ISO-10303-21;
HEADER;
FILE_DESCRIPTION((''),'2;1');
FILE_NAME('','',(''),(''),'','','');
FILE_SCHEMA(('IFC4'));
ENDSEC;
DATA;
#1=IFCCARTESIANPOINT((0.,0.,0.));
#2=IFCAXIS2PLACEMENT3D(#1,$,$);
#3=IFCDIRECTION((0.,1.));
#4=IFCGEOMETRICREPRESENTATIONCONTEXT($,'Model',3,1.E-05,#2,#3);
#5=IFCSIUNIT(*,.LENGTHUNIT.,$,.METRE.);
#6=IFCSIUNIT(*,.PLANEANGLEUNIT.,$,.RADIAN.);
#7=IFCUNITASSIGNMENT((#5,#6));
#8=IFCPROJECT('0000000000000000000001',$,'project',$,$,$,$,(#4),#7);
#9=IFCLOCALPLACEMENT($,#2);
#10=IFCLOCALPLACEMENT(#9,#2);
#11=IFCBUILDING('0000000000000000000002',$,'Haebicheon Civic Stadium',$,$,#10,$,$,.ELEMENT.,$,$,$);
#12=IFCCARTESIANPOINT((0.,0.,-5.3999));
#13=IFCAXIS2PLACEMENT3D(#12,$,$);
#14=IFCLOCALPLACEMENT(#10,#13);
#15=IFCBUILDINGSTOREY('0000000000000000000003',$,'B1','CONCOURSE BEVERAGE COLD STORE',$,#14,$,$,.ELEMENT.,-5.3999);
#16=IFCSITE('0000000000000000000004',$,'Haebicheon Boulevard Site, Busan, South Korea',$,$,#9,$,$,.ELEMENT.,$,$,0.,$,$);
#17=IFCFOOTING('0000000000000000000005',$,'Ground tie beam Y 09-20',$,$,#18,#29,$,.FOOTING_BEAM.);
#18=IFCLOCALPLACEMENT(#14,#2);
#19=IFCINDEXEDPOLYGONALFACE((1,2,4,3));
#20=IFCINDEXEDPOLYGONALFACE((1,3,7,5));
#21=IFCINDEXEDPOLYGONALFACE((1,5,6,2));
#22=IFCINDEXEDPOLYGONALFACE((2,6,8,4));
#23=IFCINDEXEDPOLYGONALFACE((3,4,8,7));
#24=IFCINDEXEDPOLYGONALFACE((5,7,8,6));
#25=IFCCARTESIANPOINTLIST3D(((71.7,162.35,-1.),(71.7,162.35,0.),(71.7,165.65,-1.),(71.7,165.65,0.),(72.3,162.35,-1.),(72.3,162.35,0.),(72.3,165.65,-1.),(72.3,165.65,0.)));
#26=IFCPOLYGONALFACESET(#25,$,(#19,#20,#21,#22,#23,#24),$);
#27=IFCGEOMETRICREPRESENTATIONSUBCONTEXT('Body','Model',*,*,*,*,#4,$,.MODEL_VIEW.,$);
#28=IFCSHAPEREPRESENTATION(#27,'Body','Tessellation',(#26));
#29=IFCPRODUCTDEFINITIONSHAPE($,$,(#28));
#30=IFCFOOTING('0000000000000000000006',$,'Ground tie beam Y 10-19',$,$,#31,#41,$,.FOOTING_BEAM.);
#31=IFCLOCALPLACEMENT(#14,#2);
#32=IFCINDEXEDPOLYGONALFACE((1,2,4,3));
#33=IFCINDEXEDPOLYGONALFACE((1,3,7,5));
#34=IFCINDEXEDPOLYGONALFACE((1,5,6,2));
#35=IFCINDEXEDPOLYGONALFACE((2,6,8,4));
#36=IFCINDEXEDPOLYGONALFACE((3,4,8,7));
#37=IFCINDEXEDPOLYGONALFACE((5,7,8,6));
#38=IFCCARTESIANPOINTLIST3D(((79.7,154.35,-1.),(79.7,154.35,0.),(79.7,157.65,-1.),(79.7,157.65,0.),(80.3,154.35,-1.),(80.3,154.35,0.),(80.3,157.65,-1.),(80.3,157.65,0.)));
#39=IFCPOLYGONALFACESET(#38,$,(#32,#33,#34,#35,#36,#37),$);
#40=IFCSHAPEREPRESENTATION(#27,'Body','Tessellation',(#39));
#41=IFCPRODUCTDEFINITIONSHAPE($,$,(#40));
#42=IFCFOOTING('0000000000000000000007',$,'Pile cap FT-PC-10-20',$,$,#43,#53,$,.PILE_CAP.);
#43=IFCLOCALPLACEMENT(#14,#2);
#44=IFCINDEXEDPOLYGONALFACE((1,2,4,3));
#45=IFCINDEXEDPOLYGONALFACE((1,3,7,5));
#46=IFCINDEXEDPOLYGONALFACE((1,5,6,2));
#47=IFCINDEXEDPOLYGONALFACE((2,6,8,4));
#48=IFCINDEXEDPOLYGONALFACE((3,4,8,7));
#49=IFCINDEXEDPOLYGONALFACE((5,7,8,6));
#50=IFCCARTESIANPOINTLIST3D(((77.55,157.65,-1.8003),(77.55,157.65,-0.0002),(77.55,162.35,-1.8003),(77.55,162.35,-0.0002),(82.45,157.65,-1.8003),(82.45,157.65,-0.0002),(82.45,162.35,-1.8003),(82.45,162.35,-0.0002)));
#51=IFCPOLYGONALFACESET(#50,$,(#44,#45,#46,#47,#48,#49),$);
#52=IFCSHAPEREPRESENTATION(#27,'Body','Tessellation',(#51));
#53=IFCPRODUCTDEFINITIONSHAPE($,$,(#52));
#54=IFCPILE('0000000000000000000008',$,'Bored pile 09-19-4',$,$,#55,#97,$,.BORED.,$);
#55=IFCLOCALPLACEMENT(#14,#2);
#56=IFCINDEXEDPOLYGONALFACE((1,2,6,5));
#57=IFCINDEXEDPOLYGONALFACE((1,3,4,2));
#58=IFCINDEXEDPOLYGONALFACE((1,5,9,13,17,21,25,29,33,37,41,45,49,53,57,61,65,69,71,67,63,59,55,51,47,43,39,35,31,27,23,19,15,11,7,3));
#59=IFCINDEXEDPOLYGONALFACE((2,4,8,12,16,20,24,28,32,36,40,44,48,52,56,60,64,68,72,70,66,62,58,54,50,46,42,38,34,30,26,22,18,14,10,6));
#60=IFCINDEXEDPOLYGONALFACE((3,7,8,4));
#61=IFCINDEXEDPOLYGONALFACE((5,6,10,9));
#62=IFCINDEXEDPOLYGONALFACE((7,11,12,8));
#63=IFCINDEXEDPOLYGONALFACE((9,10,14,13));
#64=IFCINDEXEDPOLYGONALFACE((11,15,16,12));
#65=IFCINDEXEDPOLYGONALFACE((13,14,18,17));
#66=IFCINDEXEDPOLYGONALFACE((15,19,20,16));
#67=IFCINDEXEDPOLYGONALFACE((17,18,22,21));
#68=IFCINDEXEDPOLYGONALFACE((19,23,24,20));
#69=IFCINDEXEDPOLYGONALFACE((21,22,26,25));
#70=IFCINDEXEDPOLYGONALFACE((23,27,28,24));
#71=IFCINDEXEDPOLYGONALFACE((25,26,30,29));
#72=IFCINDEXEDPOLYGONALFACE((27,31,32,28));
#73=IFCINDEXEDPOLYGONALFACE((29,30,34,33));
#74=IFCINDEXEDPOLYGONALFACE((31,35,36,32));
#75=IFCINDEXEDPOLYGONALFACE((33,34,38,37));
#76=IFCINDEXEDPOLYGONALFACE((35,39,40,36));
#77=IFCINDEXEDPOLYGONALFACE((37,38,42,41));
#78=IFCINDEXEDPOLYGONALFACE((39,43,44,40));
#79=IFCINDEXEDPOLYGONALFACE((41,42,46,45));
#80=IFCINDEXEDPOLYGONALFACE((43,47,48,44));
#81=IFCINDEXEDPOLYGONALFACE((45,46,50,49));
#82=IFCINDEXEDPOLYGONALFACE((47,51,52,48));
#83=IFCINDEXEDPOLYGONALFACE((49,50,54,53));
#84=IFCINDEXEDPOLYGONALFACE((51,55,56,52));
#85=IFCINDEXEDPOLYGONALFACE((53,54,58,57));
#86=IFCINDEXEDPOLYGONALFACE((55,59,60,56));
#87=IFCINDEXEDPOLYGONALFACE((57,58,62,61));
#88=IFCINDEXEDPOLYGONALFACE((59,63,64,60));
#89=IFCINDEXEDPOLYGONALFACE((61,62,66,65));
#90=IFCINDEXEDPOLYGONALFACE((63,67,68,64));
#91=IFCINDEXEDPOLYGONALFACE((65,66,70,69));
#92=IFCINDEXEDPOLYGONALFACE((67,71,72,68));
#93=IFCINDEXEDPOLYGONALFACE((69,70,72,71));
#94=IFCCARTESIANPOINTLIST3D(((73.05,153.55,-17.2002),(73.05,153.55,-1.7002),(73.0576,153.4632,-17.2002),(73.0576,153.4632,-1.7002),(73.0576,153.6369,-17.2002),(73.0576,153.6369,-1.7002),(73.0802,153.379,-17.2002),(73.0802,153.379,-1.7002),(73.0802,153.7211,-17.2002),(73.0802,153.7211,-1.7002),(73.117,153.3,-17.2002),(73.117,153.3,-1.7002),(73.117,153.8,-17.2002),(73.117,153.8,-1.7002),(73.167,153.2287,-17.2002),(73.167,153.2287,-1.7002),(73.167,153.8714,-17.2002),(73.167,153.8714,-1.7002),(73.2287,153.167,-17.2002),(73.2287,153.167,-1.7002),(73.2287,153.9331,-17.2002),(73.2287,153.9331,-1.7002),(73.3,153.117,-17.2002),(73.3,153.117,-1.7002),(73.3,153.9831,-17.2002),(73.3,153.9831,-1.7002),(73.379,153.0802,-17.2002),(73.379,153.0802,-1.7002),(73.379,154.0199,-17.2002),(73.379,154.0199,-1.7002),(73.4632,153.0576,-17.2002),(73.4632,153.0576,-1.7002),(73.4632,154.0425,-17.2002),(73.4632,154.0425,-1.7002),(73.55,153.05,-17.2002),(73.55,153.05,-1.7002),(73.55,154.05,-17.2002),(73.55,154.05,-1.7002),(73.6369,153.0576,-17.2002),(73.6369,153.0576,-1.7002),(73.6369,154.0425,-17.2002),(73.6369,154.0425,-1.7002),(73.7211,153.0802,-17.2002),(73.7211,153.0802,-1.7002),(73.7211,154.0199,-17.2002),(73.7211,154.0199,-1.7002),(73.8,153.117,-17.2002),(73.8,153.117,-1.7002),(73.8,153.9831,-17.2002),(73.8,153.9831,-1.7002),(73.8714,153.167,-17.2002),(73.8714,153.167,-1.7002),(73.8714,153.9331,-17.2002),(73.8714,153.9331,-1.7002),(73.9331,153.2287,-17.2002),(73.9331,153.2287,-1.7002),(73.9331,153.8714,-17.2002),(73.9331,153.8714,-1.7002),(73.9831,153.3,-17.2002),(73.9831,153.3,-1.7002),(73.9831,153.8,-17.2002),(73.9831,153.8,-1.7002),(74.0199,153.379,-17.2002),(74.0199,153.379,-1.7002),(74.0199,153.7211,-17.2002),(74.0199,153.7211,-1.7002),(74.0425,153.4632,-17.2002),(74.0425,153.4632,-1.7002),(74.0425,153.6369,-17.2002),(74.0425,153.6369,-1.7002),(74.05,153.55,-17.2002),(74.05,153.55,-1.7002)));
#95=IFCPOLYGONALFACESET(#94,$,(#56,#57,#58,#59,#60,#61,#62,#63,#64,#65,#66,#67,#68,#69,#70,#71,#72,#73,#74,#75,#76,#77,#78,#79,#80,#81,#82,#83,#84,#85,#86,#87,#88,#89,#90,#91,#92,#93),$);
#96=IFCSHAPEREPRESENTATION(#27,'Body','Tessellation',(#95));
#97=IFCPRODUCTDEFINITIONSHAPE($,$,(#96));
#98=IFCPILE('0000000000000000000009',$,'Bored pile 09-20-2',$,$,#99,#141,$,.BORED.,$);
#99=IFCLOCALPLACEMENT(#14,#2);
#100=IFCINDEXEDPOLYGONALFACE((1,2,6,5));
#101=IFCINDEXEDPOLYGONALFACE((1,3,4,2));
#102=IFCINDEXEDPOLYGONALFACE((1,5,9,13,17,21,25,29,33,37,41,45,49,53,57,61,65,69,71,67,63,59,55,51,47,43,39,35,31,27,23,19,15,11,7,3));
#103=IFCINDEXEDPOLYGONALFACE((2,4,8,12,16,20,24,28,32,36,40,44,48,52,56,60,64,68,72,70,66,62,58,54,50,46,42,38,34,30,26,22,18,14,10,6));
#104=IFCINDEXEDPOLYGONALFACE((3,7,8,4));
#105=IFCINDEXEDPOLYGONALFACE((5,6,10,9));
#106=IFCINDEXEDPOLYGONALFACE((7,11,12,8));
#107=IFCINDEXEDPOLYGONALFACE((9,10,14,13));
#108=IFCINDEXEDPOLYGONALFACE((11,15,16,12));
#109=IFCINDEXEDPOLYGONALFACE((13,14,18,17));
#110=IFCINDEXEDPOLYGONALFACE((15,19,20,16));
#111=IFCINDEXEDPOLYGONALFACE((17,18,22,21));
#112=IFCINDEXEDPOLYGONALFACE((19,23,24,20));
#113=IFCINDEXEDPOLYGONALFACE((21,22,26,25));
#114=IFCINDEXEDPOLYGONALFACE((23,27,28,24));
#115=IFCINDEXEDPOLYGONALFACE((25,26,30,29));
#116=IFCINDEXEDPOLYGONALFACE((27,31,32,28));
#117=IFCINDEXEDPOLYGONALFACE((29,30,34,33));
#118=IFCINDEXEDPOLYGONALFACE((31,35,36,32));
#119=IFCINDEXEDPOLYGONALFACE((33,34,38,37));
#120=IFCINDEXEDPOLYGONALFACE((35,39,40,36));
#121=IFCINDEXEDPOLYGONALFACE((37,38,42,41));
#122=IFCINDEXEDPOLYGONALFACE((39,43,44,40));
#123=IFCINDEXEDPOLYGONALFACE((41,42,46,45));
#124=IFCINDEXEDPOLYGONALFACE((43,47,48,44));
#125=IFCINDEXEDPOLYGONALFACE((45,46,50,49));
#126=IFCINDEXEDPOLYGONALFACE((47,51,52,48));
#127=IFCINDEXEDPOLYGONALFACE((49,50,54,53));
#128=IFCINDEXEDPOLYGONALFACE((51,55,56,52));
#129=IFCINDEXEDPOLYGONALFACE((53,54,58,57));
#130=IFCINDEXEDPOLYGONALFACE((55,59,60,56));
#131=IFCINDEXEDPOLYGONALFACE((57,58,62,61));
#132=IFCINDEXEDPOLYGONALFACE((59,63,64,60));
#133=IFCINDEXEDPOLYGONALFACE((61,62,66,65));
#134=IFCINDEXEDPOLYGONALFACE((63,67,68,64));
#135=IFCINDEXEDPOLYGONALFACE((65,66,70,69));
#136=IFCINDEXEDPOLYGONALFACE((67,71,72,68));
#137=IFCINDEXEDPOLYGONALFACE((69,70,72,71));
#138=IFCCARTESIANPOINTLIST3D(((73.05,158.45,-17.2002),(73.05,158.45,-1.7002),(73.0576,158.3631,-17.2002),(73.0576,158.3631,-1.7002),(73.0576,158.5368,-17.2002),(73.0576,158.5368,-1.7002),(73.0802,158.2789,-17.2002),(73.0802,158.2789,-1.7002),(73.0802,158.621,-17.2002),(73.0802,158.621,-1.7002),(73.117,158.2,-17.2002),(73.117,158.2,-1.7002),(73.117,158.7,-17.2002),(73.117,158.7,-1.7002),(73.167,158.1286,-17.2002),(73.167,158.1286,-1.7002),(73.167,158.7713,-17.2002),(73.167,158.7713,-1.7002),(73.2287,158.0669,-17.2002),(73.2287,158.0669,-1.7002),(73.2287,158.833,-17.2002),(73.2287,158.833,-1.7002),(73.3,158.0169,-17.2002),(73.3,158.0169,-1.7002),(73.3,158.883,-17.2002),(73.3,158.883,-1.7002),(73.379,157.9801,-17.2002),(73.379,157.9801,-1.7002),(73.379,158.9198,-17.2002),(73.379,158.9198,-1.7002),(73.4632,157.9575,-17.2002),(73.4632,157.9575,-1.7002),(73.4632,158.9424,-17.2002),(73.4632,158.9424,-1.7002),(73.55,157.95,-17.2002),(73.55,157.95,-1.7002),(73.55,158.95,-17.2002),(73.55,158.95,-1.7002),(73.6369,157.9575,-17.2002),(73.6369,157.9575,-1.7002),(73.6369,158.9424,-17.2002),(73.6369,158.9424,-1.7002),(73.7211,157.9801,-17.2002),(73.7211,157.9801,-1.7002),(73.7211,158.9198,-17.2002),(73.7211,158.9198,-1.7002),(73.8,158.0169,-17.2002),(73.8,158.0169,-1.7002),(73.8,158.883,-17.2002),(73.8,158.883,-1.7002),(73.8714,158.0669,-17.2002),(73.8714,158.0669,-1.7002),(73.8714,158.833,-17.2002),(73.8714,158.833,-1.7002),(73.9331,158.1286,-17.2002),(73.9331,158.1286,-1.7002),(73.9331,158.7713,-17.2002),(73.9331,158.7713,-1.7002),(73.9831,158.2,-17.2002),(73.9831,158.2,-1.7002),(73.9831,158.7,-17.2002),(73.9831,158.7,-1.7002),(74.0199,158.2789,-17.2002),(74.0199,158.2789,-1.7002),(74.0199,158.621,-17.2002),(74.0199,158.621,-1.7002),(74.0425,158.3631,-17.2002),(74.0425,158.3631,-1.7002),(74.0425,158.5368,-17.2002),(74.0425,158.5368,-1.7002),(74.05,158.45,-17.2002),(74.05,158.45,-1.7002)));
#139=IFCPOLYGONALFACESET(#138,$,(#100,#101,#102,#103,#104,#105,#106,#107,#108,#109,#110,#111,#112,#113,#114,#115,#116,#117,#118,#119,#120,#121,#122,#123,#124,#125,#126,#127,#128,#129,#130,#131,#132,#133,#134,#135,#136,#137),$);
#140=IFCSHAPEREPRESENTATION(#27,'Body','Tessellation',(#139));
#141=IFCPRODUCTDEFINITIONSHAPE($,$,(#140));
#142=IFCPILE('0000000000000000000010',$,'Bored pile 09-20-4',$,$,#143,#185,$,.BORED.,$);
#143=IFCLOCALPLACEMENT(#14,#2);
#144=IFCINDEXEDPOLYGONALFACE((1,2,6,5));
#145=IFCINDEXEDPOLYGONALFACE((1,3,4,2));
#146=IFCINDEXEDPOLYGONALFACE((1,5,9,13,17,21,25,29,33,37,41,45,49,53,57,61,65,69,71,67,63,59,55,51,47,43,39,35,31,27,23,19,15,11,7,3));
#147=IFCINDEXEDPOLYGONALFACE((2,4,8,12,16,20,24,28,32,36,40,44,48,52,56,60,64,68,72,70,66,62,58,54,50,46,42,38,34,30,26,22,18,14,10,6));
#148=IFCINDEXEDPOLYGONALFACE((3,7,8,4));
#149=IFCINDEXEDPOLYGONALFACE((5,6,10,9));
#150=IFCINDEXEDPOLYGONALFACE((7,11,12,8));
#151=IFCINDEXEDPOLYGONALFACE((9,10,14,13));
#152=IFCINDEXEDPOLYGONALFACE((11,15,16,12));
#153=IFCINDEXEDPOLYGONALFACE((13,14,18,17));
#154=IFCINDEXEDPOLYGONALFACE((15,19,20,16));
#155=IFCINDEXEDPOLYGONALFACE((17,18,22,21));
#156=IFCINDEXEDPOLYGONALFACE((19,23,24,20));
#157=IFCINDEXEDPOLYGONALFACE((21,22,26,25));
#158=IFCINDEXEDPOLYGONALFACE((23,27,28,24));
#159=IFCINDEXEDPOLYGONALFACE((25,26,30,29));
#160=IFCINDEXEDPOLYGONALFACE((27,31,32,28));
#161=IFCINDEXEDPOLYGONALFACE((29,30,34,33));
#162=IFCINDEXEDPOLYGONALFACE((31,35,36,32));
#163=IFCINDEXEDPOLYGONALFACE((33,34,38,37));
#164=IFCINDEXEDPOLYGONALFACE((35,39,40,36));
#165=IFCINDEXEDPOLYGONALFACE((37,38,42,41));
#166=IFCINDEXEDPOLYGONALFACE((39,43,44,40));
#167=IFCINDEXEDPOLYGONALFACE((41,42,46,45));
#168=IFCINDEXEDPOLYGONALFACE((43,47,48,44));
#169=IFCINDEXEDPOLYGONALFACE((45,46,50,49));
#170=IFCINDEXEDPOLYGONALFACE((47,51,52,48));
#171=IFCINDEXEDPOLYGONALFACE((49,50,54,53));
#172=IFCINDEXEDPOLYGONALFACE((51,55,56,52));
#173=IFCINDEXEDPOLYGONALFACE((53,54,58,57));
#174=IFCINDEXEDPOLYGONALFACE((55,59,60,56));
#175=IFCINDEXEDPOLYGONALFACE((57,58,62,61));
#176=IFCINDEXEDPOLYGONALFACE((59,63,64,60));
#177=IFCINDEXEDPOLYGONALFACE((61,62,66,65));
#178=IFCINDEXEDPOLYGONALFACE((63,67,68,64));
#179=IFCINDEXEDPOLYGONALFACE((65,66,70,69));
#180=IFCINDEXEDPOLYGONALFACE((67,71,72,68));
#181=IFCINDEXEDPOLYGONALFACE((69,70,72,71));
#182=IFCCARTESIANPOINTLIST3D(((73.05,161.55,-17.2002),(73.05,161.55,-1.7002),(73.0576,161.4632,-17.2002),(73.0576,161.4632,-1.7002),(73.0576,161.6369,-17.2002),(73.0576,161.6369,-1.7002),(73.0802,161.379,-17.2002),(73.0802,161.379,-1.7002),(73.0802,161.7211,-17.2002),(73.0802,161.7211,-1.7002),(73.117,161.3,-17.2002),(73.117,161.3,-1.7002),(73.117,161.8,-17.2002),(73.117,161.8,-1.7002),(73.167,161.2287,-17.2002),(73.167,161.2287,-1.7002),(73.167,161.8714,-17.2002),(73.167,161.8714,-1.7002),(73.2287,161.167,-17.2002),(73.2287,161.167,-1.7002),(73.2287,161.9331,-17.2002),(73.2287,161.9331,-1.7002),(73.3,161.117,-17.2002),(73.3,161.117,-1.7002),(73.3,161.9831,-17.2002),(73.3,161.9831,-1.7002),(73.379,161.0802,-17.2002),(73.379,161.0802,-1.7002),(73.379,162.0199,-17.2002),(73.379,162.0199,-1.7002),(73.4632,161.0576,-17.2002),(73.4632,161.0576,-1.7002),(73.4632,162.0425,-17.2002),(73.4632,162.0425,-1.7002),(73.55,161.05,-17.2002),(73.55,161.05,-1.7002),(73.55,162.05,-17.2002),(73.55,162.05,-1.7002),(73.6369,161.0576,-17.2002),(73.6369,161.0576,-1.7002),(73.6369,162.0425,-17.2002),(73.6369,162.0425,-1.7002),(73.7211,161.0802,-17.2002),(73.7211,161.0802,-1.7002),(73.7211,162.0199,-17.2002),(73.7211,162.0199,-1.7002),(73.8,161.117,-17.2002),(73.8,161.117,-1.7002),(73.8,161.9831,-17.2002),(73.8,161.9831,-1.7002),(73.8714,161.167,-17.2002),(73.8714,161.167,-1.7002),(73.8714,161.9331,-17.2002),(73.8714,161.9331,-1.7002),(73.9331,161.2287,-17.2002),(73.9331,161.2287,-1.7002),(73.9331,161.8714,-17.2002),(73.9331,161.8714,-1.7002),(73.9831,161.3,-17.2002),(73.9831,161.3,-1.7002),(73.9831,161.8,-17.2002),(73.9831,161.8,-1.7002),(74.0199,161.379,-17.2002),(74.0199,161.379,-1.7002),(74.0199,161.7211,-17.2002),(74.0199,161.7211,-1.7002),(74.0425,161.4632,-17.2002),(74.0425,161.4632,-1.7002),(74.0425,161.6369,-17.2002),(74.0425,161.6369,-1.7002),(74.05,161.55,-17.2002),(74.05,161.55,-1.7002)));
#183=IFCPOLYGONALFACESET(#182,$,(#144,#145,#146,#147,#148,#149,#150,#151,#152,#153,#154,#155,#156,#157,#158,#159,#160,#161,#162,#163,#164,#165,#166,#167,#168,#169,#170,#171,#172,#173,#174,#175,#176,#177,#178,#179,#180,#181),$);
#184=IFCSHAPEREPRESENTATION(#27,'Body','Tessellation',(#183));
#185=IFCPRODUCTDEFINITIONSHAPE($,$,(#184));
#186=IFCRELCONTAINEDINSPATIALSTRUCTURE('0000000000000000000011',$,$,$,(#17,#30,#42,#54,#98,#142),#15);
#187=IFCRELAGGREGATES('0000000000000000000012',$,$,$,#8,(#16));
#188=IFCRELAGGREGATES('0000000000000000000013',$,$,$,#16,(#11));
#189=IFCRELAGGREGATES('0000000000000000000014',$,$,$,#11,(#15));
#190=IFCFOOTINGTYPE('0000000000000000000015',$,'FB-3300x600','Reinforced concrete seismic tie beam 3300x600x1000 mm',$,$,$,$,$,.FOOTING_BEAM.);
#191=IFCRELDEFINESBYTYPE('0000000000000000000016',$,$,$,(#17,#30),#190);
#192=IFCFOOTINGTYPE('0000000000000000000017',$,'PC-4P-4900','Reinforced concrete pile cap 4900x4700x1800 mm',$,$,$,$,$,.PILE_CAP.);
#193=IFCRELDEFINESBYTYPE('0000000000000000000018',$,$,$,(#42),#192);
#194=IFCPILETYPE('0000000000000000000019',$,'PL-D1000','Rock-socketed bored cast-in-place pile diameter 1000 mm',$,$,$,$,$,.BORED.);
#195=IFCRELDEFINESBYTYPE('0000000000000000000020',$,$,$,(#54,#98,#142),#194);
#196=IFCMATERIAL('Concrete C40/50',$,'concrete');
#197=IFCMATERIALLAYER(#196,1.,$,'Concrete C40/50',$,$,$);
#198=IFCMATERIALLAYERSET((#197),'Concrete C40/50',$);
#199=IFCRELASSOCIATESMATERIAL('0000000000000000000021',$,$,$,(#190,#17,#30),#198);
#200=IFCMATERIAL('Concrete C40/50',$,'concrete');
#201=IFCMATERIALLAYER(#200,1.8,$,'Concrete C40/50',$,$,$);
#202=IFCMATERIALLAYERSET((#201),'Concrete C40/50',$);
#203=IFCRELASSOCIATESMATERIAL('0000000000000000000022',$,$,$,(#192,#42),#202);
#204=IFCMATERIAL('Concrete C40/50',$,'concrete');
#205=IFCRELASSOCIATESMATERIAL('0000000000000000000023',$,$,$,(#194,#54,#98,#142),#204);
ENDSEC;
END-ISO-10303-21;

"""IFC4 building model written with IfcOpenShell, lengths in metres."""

from ifc_helpers import new_model, si_unit, direction, frame, origin, origin_2d, place, context, subcontext, project, spatial, rectangle, circle, extrude, material, layer, layer_set, material_profile, profile_set, type_object, element, save


model = new_model("IFC4")

# Units and contexts
model_context = context("Model", 3, precision=1e-05, world=origin(), true_north=direction((0.0, 1.0)))
body_context = subcontext(model_context, "Body", "Model", "MODEL_VIEW")
ifc_project = project(units=[si_unit("LENGTHUNIT", "METRE"), si_unit("PLANEANGLEUNIT", "RADIAN")], contexts=[model_context])

# Site, building, storey
site_placement = place(None, origin())
site = spatial("IfcSite", under=ifc_project, at=site_placement, Name="Haebicheon Boulevard Site, Busan, South Korea", CompositionType="ELEMENT", RefElevation=0.0)
building_placement = place(site_placement, origin())
building = spatial("IfcBuilding", under=site, at=building_placement, Name="Haebicheon Civic Stadium", CompositionType="ELEMENT")
storey_placement = place(building_placement, frame((0.0, 0.0, -5.3999)))
storey = spatial("IfcBuildingStorey", under=building, at=storey_placement, Name="B1", Description="CONCOURSE BEVERAGE COLD STORE", CompositionType="ELEMENT", Elevation=-5.3999)

# Footings
ifc_material_1 = material(Name="Concrete C40/50", Category="concrete")
ifc_layer_1 = layer(ifc_material_1, 1.0, Name="Concrete C40/50")
ifc_layer_set_1 = layer_set([ifc_layer_1], Name="Concrete C40/50")
footing_type_1 = type_object("IfcFootingType", Name="FB-3300x600", Description="Reinforced concrete seismic tie beam 3300x600x1000 mm", PredefinedType="FOOTING_BEAM", material=ifc_layer_set_1)
for number, where, z_axis, x_axis, name in (
    (1, (72.0, 164.0, -1.0), (0.0, 0.0, 1.0), (0.0, 1.0, 0.0), "Ground tie beam Y 09-20"),
    (2, (80.0, 156.0, -1.0), (0.0, 0.0, 1.0), (0.0, 1.0, 0.0), "Ground tie beam Y 10-19"),
):
    element("IfcFooting", number, at=place(storey_placement, frame(where, z_axis=z_axis, x_axis=x_axis)), inside=storey, type_object=footing_type_1, material=ifc_layer_set_1, Name=name, PredefinedType="FOOTING_BEAM", context=body_context, shape_type="SweptSolid", body=[
        extrude(rectangle(XDim=3.3, YDim=0.6001, at=origin_2d()), origin(), (0.0, 0.0, 1.0), 1.0),
    ])
ifc_material_2 = material(Name="Concrete C40/50", Category="concrete")
ifc_layer_2 = layer(ifc_material_2, 1.8, Name="Concrete C40/50")
ifc_layer_set_2 = layer_set([ifc_layer_2], Name="Concrete C40/50")
footing_type_2 = type_object("IfcFootingType", Name="PC-4P-4900", Description="Reinforced concrete pile cap 4900x4700x1800 mm", PredefinedType="PILE_CAP", material=ifc_layer_set_2)
footing_placement = place(storey_placement, frame((80.0, 160.0, -1.8003), z_axis=(0.0, 0.0, 1.0), x_axis=(1.0, 0.0, 0.0)))
element("IfcFooting", 3, at=footing_placement, inside=storey, type_object=footing_type_2, material=ifc_layer_set_2, Name="Pile cap FT-PC-10-20", PredefinedType="PILE_CAP", context=body_context, shape_type="SweptSolid", body=[
    extrude(rectangle(XDim=4.8999, YDim=4.7, at=origin_2d()), origin(), (0.0, 0.0, 1.0), 1.8),
])

# Piles
ifc_material_3 = material(Name="Concrete C40/50", Category="concrete")
ifc_material_profile_1 = material_profile(ifc_material_3, circle(Radius=0.5, at=origin_2d()), Name="PILE-D1000")
ifc_profile_set_1 = profile_set([ifc_material_profile_1], Name="Concrete C40/50")
pile_type = type_object("IfcPileType", Name="PL-D1000", Description="Rock-socketed bored cast-in-place pile diameter 1000 mm", PredefinedType="BORED", material=ifc_profile_set_1)
for number, where, z_axis, x_axis, name in (
    (4, (73.55, 153.55, -1.7002), (0.0, 0.0, -1.0), (1.0, 0.0, 0.0), "Bored pile 09-19-4"),
    (5, (73.55, 158.45, -1.7002), (0.0, 0.0, -1.0), (1.0, 0.0, 0.0), "Bored pile 09-20-2"),
    (6, (73.55, 161.55, -1.7002), (0.0, 0.0, -1.0), (1.0, 0.0, 0.0), "Bored pile 09-20-4"),
):
    element("IfcPile", number, at=place(storey_placement, frame(where, z_axis=z_axis, x_axis=x_axis)), inside=storey, type_object=pile_type, material=ifc_profile_set_1, Name=name, PredefinedType="BORED", context=body_context, shape_type="SweptSolid", body=[
        extrude(circle(Radius=0.5, at=origin_2d()), origin(), (0.0, 0.0, 1.0), 15.5),
    ])

save(model, "model.ifc")
